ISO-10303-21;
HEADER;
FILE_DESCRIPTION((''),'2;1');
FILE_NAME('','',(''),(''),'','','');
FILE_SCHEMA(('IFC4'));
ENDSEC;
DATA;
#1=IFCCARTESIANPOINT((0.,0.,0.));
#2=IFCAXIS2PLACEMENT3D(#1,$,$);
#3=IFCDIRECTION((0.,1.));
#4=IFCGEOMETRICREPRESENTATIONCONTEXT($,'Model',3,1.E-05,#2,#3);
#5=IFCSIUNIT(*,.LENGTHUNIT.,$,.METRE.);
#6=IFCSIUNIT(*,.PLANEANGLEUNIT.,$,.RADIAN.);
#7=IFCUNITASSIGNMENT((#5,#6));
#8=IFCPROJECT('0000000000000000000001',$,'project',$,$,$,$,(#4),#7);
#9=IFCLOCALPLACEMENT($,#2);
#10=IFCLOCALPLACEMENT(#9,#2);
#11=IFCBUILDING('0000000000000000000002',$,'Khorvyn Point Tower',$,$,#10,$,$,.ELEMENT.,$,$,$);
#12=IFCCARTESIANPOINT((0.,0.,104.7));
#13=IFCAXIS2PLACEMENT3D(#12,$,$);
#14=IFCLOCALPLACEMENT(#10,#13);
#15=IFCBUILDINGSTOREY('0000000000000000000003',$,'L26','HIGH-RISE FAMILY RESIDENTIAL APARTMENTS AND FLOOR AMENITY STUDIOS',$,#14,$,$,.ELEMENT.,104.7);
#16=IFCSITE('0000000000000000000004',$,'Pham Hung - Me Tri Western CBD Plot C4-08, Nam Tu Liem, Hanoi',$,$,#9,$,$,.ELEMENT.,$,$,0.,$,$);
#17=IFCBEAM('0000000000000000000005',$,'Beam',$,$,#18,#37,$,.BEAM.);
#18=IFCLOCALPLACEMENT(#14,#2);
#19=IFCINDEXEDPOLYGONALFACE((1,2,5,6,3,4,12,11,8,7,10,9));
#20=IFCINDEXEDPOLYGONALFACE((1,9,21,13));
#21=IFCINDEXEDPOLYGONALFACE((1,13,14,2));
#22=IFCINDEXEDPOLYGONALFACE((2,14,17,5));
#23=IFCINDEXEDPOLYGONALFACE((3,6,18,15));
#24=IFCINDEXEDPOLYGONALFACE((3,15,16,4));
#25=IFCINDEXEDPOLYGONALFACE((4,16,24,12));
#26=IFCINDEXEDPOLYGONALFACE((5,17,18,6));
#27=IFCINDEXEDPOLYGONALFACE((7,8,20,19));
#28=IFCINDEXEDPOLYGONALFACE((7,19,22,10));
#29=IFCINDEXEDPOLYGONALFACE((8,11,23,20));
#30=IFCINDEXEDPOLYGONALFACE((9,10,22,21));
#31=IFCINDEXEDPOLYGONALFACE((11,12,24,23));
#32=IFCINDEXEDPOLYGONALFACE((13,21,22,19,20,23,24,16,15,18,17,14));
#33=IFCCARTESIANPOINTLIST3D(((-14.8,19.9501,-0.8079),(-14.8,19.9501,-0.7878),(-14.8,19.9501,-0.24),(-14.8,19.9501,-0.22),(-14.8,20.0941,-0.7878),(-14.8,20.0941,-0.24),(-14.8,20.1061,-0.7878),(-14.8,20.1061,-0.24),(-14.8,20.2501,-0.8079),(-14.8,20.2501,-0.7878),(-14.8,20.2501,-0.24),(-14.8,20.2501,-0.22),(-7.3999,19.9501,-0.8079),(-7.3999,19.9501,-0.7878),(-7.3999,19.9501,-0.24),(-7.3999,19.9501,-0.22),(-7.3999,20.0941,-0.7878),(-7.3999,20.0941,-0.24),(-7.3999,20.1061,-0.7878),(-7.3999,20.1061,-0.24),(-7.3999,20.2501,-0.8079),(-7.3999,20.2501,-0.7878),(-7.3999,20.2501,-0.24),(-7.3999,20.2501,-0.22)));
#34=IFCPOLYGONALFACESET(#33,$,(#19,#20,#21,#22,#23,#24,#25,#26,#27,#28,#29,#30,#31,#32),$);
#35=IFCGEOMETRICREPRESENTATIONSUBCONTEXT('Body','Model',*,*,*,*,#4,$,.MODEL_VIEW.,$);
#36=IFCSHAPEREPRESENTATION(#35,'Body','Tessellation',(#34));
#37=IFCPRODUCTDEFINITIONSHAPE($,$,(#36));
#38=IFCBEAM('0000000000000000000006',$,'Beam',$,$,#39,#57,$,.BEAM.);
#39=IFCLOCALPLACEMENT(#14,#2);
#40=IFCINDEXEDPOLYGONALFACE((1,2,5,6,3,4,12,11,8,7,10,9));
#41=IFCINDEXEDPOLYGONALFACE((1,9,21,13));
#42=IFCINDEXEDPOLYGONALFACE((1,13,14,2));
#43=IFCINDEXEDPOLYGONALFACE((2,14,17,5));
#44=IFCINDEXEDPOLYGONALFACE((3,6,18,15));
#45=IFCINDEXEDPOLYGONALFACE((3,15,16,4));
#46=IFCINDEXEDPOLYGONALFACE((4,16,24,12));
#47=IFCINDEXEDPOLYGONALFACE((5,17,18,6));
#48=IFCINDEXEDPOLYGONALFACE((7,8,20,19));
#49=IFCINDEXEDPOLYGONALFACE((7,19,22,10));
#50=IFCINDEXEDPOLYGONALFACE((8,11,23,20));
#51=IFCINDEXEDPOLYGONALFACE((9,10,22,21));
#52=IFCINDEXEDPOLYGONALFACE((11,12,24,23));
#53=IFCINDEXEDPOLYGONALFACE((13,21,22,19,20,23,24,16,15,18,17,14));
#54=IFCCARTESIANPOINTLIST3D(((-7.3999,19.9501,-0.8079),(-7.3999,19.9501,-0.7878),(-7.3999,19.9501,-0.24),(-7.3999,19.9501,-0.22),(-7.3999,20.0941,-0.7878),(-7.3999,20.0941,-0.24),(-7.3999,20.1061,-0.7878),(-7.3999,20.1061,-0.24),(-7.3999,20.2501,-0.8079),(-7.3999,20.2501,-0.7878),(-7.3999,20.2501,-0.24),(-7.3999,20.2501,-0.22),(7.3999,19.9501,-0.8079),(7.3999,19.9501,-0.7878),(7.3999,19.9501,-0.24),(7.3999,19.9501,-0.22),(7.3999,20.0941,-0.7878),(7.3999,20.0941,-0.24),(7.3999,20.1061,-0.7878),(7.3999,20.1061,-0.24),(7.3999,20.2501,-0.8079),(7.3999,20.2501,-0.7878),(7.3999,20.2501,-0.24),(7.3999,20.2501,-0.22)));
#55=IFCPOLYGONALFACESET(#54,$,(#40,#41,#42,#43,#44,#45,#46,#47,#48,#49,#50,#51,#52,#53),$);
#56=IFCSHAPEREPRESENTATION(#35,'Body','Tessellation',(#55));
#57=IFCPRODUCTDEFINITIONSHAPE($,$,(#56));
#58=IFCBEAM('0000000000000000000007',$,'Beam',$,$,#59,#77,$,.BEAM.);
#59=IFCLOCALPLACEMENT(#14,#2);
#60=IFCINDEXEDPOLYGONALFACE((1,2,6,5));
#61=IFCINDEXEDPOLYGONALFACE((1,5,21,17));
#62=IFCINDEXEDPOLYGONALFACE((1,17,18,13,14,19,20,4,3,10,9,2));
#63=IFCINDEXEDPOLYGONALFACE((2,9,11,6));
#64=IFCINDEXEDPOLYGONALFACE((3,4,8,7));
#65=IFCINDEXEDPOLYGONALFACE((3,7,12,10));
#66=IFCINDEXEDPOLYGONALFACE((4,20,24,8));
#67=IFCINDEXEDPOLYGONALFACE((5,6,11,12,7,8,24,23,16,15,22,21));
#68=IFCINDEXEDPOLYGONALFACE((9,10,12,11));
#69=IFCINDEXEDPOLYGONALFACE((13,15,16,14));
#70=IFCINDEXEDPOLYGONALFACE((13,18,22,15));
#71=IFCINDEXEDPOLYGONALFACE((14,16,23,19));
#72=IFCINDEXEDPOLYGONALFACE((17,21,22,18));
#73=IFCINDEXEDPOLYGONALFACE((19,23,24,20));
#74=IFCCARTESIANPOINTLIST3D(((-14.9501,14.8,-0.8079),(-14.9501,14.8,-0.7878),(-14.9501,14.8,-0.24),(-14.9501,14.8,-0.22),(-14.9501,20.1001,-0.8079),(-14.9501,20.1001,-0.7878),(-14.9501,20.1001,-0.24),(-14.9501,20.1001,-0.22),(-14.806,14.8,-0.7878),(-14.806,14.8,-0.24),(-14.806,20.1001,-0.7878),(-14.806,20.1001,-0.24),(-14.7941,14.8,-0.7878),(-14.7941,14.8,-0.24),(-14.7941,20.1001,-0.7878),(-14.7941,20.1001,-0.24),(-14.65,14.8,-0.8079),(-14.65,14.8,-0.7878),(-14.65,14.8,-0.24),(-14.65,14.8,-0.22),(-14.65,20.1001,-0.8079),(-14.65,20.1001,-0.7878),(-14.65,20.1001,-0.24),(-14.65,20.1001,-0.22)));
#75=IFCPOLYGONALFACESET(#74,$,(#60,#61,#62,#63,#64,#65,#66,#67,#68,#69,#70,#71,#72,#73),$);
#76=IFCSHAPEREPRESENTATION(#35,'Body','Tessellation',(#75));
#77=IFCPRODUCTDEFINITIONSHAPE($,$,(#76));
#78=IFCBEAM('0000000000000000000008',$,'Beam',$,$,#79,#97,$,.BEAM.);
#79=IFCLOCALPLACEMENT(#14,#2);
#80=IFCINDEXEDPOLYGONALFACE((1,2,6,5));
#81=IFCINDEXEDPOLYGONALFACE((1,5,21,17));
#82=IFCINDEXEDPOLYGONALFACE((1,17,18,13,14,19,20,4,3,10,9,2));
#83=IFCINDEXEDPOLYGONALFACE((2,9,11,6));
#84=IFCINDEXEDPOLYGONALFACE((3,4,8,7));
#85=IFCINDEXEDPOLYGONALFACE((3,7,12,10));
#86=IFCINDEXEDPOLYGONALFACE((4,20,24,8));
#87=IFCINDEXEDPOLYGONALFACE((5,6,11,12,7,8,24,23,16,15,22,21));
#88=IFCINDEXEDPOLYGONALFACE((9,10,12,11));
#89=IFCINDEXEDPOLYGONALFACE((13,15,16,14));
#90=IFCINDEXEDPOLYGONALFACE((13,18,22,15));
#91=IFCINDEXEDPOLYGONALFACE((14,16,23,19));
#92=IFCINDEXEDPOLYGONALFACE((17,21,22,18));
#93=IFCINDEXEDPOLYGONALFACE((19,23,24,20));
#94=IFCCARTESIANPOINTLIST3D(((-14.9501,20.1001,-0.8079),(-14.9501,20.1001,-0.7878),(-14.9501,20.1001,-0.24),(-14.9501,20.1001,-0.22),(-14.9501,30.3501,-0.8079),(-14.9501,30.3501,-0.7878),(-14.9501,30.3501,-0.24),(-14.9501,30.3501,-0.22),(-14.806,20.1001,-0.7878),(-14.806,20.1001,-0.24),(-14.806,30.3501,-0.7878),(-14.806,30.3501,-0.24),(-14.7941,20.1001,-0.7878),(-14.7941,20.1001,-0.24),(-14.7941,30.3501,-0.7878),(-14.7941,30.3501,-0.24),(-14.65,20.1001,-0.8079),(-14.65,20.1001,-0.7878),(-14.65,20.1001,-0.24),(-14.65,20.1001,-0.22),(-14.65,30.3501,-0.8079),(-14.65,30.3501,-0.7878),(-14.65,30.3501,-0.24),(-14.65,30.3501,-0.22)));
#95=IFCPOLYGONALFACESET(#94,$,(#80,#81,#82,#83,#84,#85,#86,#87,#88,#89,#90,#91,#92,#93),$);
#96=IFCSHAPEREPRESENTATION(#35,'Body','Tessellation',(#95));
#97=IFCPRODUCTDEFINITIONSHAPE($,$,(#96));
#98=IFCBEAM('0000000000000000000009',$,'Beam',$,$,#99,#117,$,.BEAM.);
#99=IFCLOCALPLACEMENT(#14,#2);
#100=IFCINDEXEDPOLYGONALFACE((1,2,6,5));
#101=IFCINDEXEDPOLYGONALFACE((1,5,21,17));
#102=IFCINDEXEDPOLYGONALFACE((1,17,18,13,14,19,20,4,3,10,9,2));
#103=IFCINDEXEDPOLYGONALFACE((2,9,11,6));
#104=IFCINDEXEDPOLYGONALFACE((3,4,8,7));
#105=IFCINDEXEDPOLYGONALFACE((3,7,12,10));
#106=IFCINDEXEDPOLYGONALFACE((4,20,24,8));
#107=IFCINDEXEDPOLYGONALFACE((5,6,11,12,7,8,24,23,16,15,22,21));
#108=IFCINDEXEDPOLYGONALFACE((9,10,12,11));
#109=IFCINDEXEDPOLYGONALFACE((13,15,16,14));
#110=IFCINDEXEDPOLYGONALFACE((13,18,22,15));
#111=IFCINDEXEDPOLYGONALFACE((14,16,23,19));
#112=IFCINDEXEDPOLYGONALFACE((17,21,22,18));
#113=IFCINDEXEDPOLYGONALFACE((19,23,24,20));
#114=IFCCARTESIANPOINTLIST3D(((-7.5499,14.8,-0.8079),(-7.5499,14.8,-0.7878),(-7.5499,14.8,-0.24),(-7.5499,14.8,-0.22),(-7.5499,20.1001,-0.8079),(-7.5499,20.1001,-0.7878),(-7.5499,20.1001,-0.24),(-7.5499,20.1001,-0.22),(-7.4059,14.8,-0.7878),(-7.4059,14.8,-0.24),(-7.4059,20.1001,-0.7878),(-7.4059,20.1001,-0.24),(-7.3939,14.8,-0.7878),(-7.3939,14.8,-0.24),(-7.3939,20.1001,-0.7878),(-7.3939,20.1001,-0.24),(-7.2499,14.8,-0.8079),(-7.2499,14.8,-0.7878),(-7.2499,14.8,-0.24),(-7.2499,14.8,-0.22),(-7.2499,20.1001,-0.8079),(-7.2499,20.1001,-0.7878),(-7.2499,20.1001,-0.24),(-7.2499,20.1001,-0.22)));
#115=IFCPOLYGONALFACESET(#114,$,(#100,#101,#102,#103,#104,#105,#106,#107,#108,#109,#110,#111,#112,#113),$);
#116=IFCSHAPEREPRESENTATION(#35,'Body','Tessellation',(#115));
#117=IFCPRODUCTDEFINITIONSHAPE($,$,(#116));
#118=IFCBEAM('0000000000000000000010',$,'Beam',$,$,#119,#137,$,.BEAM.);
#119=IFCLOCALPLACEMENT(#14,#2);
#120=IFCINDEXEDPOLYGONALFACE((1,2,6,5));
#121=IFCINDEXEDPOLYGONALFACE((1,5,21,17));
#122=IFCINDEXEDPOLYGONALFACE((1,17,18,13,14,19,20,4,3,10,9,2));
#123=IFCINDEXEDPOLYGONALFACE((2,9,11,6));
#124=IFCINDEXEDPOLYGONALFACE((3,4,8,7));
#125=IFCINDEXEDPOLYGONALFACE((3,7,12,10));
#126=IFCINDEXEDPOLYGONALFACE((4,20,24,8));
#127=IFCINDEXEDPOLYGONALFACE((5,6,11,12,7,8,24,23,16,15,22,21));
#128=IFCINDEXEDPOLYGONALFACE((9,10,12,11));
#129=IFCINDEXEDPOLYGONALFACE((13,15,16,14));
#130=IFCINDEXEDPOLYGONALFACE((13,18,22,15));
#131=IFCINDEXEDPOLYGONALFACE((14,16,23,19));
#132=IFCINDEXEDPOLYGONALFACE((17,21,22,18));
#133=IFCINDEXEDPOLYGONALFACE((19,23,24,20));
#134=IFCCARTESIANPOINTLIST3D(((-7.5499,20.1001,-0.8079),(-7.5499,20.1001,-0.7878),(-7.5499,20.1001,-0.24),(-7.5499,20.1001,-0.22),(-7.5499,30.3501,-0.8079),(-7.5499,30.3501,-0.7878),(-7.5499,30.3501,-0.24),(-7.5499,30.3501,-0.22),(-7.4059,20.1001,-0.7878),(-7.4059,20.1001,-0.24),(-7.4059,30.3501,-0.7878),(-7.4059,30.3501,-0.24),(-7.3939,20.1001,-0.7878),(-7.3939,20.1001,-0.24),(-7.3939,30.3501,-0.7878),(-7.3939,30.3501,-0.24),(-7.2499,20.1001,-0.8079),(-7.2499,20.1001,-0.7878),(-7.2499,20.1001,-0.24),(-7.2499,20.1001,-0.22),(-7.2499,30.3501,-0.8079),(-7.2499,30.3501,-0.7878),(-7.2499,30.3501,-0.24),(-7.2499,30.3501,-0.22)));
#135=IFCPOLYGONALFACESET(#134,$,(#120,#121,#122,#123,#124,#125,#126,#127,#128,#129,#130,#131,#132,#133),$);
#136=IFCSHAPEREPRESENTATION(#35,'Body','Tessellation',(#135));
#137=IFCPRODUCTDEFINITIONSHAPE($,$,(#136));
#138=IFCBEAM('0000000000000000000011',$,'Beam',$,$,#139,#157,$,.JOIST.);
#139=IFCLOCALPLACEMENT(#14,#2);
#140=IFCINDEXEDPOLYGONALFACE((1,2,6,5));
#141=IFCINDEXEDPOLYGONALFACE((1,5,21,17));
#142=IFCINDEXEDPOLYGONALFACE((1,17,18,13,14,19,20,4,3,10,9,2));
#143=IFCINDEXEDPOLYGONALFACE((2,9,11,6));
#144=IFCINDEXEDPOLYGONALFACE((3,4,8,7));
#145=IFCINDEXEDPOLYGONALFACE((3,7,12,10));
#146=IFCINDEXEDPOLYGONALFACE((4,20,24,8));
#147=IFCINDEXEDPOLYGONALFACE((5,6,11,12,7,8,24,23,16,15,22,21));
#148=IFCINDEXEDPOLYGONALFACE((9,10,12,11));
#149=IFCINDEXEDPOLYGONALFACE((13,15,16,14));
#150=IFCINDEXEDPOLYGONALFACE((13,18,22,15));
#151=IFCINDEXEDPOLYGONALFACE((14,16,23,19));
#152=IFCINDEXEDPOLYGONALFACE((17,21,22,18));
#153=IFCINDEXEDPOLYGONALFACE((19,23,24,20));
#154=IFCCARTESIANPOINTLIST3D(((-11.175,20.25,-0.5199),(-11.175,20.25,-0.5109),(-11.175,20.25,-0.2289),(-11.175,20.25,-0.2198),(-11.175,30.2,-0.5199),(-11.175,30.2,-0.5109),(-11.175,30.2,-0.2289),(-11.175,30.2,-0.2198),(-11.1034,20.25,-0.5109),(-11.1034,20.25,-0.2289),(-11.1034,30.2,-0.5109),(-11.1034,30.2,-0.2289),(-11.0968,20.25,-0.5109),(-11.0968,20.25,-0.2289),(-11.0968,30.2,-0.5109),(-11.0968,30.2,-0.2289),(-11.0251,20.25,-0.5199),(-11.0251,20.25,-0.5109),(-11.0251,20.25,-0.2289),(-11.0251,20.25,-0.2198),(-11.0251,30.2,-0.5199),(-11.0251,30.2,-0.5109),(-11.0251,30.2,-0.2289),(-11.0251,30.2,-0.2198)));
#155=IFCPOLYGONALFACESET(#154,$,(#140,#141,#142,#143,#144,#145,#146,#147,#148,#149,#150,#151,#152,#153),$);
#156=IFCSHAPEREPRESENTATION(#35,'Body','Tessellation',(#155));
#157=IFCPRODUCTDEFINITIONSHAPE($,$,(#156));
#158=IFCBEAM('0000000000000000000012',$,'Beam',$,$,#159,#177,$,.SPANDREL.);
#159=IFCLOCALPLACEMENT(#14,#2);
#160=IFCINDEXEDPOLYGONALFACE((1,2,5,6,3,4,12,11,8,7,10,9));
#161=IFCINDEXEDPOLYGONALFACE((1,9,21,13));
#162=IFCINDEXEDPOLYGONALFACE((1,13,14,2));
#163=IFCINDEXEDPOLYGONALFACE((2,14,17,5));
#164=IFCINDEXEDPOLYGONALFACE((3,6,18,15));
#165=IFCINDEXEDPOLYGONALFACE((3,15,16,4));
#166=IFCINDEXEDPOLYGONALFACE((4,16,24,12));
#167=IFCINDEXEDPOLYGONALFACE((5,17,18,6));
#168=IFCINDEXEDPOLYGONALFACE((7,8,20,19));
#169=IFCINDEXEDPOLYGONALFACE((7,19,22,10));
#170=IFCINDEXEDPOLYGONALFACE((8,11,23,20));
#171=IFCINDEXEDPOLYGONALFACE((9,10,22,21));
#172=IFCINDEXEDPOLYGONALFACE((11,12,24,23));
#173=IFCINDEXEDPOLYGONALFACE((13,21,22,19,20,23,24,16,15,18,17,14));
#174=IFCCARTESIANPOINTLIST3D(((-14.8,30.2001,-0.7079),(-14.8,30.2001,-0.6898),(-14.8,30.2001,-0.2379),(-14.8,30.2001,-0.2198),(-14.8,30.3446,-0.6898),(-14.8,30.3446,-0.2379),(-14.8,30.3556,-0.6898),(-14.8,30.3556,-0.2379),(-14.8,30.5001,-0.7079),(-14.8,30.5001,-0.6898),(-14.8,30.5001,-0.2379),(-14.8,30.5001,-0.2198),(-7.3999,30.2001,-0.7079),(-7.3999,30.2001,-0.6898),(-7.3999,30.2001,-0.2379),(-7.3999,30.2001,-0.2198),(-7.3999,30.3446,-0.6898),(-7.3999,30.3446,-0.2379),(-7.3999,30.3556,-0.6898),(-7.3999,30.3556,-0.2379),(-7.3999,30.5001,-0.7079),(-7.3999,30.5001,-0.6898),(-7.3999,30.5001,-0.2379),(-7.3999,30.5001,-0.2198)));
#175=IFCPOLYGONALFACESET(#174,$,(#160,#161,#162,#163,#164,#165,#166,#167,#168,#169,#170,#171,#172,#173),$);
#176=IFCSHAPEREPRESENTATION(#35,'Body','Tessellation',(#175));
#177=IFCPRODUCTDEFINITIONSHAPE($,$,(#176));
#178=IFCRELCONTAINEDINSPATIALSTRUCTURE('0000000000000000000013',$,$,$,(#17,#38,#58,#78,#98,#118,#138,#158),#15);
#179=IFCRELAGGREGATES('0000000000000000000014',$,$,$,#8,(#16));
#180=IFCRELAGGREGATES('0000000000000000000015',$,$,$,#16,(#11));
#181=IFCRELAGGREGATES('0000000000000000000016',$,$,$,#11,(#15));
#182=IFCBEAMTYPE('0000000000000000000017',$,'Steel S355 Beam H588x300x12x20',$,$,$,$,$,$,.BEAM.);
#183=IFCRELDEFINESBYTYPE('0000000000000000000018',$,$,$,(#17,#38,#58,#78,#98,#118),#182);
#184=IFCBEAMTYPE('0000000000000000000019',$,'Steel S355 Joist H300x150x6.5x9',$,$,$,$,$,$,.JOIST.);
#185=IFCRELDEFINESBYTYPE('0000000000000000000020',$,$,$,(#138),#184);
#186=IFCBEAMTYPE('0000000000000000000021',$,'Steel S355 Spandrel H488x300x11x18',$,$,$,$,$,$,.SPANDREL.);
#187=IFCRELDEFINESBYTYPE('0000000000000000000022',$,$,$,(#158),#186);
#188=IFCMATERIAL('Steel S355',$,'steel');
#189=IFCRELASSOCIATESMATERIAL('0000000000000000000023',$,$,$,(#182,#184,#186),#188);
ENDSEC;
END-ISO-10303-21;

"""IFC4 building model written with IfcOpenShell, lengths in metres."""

from ifc_helpers import new_model, si_unit, direction, frame, origin, origin_2d, place, context, subcontext, project, spatial, i_section, extrude, material, material_profile, profile_set, type_object, element, save


model = new_model("IFC4")

# Units and contexts
model_context = context("Model", 3, precision=1e-05, world=origin(), true_north=direction((0.0, 1.0)))
body_context = subcontext(model_context, "Body", "Model", "MODEL_VIEW")
ifc_project = project(units=[si_unit("LENGTHUNIT", "METRE"), si_unit("PLANEANGLEUNIT", "RADIAN")], contexts=[model_context])

# Site, building, storey
site_placement = place(None, origin())
site = spatial("IfcSite", under=ifc_project, at=site_placement, Name="Pham Hung - Me Tri Western CBD Plot C4-08, Nam Tu Liem, Hanoi", CompositionType="ELEMENT", RefElevation=0.0)
building_placement = place(site_placement, origin())
building = spatial("IfcBuilding", under=site, at=building_placement, Name="Khorvyn Point Tower", CompositionType="ELEMENT")
storey_placement = place(building_placement, frame((0.0, 0.0, 104.7)))
storey = spatial("IfcBuildingStorey", under=building, at=storey_placement, Name="L26", Description="HIGH-RISE FAMILY RESIDENTIAL APARTMENTS AND FLOOR AMENITY STUDIOS", CompositionType="ELEMENT", Elevation=104.7)

# Beams
ifc_material_1 = material(Name="Steel S355", Category="steel")
ifc_material_profile_1 = material_profile(ifc_material_1, i_section(OverallWidth=0.3, OverallDepth=0.5879, WebThickness=0.012, FlangeThickness=0.02, at=origin_2d()))
ifc_profile_set_1 = profile_set([ifc_material_profile_1], Name="Steel S355 H588x300x12x20")
beam_type_1 = type_object("IfcBeamType", Name="Steel S355 Beam H588x300x12x20", PredefinedType="BEAM", material=ifc_profile_set_1)
beam_1_placement = place(storey_placement, frame((-14.8, 20.1001, -0.5139), z_axis=(1.0, 0.0, 0.0), x_axis=(0.0, 1.0, 0.0)))
element("IfcBeam", 1, at=beam_1_placement, inside=storey, type_object=beam_type_1, Name="Beam", PredefinedType="BEAM", context=body_context, shape_type="SweptSolid", body=[
    extrude(i_section(OverallWidth=0.3, OverallDepth=0.5879, WebThickness=0.012, FlangeThickness=0.02, at=origin_2d()), origin(), (0.0, 0.0, 1.0), 7.4001),
])
beam_2_placement = place(storey_placement, frame((-7.3999, 20.1001, -0.5139), z_axis=(1.0, 0.0, 0.0), x_axis=(0.0, 1.0, 0.0)))
element("IfcBeam", 2, at=beam_2_placement, inside=storey, type_object=beam_type_1, Name="Beam", PredefinedType="BEAM", context=body_context, shape_type="SweptSolid", body=[
    extrude(i_section(OverallWidth=0.3, OverallDepth=0.5879, WebThickness=0.012, FlangeThickness=0.02, at=origin_2d()), origin(), (0.0, 0.0, 1.0), 14.7998),
])
beam_3_placement = place(storey_placement, frame((-14.8, 14.8, -0.5139), z_axis=(0.0, 1.0, 0.0), x_axis=(-1.0, 0.0, 0.0)))
element("IfcBeam", 3, at=beam_3_placement, inside=storey, type_object=beam_type_1, Name="Beam", PredefinedType="BEAM", context=body_context, shape_type="SweptSolid", body=[
    extrude(i_section(OverallWidth=0.3, OverallDepth=0.5879, WebThickness=0.012, FlangeThickness=0.02, at=origin_2d()), origin(), (0.0, 0.0, 1.0), 5.3),
])
beam_4_placement = place(storey_placement, frame((-14.8, 20.1001, -0.5139), z_axis=(0.0, 1.0, 0.0), x_axis=(-1.0, 0.0, 0.0)))
element("IfcBeam", 4, at=beam_4_placement, inside=storey, type_object=beam_type_1, Name="Beam", PredefinedType="BEAM", context=body_context, shape_type="SweptSolid", body=[
    extrude(i_section(OverallWidth=0.3, OverallDepth=0.5879, WebThickness=0.012, FlangeThickness=0.02, at=origin_2d()), origin(), (0.0, 0.0, 1.0), 10.25),
])
beam_5_placement = place(storey_placement, frame((-7.3999, 14.8, -0.5139), z_axis=(0.0, 1.0, 0.0), x_axis=(-1.0, 0.0, 0.0)))
element("IfcBeam", 5, at=beam_5_placement, inside=storey, type_object=beam_type_1, Name="Beam", PredefinedType="BEAM", context=body_context, shape_type="SweptSolid", body=[
    extrude(i_section(OverallWidth=0.3, OverallDepth=0.5879, WebThickness=0.012, FlangeThickness=0.02, at=origin_2d()), origin(), (0.0, 0.0, 1.0), 5.3),
])
beam_6_placement = place(storey_placement, frame((-7.3999, 20.1001, -0.5139), z_axis=(0.0, 1.0, 0.0), x_axis=(-1.0, 0.0, 0.0)))
element("IfcBeam", 6, at=beam_6_placement, inside=storey, type_object=beam_type_1, Name="Beam", PredefinedType="BEAM", context=body_context, shape_type="SweptSolid", body=[
    extrude(i_section(OverallWidth=0.3, OverallDepth=0.5879, WebThickness=0.012, FlangeThickness=0.02, at=origin_2d()), origin(), (0.0, 0.0, 1.0), 10.25),
])
ifc_material_profile_2 = material_profile(ifc_material_1, i_section(OverallWidth=0.1499, OverallDepth=0.3, WebThickness=0.0066, FlangeThickness=0.009, at=origin_2d()))
ifc_profile_set_2 = profile_set([ifc_material_profile_2], Name="Steel S355 H300x150x6.5x9")
beam_type_2 = type_object("IfcBeamType", Name="Steel S355 Joist H300x150x6.5x9", PredefinedType="JOIST", material=ifc_profile_set_2)
beam_7_placement = place(storey_placement, frame((-11.1001, 20.25, -0.3699), z_axis=(0.0, 1.0, 0.0), x_axis=(-1.0, 0.0, 0.0)))
element("IfcBeam", 7, at=beam_7_placement, inside=storey, type_object=beam_type_2, Name="Beam", PredefinedType="JOIST", context=body_context, shape_type="SweptSolid", body=[
    extrude(i_section(OverallWidth=0.1499, OverallDepth=0.3, WebThickness=0.0066, FlangeThickness=0.009, at=origin_2d()), origin(), (0.0, 0.0, 1.0), 9.95),
])
ifc_material_profile_3 = material_profile(ifc_material_1, i_section(OverallWidth=0.3, OverallDepth=0.488, WebThickness=0.011, FlangeThickness=0.0181, at=origin_2d()))
ifc_profile_set_3 = profile_set([ifc_material_profile_3], Name="Steel S355 H488x300x11x18")
beam_type_3 = type_object("IfcBeamType", Name="Steel S355 Spandrel H488x300x11x18", PredefinedType="SPANDREL", material=ifc_profile_set_3)
beam_8_placement = place(storey_placement, frame((-14.8, 30.3501, -0.4639), z_axis=(1.0, 0.0, 0.0), x_axis=(0.0, 1.0, 0.0)))
element("IfcBeam", 8, at=beam_8_placement, inside=storey, type_object=beam_type_3, Name="Beam", PredefinedType="SPANDREL", context=body_context, shape_type="SweptSolid", body=[
    extrude(i_section(OverallWidth=0.3, OverallDepth=0.488, WebThickness=0.011, FlangeThickness=0.0181, at=origin_2d()), origin(), (0.0, 0.0, 1.0), 7.4001),
])

save(model, "model.ifc")
